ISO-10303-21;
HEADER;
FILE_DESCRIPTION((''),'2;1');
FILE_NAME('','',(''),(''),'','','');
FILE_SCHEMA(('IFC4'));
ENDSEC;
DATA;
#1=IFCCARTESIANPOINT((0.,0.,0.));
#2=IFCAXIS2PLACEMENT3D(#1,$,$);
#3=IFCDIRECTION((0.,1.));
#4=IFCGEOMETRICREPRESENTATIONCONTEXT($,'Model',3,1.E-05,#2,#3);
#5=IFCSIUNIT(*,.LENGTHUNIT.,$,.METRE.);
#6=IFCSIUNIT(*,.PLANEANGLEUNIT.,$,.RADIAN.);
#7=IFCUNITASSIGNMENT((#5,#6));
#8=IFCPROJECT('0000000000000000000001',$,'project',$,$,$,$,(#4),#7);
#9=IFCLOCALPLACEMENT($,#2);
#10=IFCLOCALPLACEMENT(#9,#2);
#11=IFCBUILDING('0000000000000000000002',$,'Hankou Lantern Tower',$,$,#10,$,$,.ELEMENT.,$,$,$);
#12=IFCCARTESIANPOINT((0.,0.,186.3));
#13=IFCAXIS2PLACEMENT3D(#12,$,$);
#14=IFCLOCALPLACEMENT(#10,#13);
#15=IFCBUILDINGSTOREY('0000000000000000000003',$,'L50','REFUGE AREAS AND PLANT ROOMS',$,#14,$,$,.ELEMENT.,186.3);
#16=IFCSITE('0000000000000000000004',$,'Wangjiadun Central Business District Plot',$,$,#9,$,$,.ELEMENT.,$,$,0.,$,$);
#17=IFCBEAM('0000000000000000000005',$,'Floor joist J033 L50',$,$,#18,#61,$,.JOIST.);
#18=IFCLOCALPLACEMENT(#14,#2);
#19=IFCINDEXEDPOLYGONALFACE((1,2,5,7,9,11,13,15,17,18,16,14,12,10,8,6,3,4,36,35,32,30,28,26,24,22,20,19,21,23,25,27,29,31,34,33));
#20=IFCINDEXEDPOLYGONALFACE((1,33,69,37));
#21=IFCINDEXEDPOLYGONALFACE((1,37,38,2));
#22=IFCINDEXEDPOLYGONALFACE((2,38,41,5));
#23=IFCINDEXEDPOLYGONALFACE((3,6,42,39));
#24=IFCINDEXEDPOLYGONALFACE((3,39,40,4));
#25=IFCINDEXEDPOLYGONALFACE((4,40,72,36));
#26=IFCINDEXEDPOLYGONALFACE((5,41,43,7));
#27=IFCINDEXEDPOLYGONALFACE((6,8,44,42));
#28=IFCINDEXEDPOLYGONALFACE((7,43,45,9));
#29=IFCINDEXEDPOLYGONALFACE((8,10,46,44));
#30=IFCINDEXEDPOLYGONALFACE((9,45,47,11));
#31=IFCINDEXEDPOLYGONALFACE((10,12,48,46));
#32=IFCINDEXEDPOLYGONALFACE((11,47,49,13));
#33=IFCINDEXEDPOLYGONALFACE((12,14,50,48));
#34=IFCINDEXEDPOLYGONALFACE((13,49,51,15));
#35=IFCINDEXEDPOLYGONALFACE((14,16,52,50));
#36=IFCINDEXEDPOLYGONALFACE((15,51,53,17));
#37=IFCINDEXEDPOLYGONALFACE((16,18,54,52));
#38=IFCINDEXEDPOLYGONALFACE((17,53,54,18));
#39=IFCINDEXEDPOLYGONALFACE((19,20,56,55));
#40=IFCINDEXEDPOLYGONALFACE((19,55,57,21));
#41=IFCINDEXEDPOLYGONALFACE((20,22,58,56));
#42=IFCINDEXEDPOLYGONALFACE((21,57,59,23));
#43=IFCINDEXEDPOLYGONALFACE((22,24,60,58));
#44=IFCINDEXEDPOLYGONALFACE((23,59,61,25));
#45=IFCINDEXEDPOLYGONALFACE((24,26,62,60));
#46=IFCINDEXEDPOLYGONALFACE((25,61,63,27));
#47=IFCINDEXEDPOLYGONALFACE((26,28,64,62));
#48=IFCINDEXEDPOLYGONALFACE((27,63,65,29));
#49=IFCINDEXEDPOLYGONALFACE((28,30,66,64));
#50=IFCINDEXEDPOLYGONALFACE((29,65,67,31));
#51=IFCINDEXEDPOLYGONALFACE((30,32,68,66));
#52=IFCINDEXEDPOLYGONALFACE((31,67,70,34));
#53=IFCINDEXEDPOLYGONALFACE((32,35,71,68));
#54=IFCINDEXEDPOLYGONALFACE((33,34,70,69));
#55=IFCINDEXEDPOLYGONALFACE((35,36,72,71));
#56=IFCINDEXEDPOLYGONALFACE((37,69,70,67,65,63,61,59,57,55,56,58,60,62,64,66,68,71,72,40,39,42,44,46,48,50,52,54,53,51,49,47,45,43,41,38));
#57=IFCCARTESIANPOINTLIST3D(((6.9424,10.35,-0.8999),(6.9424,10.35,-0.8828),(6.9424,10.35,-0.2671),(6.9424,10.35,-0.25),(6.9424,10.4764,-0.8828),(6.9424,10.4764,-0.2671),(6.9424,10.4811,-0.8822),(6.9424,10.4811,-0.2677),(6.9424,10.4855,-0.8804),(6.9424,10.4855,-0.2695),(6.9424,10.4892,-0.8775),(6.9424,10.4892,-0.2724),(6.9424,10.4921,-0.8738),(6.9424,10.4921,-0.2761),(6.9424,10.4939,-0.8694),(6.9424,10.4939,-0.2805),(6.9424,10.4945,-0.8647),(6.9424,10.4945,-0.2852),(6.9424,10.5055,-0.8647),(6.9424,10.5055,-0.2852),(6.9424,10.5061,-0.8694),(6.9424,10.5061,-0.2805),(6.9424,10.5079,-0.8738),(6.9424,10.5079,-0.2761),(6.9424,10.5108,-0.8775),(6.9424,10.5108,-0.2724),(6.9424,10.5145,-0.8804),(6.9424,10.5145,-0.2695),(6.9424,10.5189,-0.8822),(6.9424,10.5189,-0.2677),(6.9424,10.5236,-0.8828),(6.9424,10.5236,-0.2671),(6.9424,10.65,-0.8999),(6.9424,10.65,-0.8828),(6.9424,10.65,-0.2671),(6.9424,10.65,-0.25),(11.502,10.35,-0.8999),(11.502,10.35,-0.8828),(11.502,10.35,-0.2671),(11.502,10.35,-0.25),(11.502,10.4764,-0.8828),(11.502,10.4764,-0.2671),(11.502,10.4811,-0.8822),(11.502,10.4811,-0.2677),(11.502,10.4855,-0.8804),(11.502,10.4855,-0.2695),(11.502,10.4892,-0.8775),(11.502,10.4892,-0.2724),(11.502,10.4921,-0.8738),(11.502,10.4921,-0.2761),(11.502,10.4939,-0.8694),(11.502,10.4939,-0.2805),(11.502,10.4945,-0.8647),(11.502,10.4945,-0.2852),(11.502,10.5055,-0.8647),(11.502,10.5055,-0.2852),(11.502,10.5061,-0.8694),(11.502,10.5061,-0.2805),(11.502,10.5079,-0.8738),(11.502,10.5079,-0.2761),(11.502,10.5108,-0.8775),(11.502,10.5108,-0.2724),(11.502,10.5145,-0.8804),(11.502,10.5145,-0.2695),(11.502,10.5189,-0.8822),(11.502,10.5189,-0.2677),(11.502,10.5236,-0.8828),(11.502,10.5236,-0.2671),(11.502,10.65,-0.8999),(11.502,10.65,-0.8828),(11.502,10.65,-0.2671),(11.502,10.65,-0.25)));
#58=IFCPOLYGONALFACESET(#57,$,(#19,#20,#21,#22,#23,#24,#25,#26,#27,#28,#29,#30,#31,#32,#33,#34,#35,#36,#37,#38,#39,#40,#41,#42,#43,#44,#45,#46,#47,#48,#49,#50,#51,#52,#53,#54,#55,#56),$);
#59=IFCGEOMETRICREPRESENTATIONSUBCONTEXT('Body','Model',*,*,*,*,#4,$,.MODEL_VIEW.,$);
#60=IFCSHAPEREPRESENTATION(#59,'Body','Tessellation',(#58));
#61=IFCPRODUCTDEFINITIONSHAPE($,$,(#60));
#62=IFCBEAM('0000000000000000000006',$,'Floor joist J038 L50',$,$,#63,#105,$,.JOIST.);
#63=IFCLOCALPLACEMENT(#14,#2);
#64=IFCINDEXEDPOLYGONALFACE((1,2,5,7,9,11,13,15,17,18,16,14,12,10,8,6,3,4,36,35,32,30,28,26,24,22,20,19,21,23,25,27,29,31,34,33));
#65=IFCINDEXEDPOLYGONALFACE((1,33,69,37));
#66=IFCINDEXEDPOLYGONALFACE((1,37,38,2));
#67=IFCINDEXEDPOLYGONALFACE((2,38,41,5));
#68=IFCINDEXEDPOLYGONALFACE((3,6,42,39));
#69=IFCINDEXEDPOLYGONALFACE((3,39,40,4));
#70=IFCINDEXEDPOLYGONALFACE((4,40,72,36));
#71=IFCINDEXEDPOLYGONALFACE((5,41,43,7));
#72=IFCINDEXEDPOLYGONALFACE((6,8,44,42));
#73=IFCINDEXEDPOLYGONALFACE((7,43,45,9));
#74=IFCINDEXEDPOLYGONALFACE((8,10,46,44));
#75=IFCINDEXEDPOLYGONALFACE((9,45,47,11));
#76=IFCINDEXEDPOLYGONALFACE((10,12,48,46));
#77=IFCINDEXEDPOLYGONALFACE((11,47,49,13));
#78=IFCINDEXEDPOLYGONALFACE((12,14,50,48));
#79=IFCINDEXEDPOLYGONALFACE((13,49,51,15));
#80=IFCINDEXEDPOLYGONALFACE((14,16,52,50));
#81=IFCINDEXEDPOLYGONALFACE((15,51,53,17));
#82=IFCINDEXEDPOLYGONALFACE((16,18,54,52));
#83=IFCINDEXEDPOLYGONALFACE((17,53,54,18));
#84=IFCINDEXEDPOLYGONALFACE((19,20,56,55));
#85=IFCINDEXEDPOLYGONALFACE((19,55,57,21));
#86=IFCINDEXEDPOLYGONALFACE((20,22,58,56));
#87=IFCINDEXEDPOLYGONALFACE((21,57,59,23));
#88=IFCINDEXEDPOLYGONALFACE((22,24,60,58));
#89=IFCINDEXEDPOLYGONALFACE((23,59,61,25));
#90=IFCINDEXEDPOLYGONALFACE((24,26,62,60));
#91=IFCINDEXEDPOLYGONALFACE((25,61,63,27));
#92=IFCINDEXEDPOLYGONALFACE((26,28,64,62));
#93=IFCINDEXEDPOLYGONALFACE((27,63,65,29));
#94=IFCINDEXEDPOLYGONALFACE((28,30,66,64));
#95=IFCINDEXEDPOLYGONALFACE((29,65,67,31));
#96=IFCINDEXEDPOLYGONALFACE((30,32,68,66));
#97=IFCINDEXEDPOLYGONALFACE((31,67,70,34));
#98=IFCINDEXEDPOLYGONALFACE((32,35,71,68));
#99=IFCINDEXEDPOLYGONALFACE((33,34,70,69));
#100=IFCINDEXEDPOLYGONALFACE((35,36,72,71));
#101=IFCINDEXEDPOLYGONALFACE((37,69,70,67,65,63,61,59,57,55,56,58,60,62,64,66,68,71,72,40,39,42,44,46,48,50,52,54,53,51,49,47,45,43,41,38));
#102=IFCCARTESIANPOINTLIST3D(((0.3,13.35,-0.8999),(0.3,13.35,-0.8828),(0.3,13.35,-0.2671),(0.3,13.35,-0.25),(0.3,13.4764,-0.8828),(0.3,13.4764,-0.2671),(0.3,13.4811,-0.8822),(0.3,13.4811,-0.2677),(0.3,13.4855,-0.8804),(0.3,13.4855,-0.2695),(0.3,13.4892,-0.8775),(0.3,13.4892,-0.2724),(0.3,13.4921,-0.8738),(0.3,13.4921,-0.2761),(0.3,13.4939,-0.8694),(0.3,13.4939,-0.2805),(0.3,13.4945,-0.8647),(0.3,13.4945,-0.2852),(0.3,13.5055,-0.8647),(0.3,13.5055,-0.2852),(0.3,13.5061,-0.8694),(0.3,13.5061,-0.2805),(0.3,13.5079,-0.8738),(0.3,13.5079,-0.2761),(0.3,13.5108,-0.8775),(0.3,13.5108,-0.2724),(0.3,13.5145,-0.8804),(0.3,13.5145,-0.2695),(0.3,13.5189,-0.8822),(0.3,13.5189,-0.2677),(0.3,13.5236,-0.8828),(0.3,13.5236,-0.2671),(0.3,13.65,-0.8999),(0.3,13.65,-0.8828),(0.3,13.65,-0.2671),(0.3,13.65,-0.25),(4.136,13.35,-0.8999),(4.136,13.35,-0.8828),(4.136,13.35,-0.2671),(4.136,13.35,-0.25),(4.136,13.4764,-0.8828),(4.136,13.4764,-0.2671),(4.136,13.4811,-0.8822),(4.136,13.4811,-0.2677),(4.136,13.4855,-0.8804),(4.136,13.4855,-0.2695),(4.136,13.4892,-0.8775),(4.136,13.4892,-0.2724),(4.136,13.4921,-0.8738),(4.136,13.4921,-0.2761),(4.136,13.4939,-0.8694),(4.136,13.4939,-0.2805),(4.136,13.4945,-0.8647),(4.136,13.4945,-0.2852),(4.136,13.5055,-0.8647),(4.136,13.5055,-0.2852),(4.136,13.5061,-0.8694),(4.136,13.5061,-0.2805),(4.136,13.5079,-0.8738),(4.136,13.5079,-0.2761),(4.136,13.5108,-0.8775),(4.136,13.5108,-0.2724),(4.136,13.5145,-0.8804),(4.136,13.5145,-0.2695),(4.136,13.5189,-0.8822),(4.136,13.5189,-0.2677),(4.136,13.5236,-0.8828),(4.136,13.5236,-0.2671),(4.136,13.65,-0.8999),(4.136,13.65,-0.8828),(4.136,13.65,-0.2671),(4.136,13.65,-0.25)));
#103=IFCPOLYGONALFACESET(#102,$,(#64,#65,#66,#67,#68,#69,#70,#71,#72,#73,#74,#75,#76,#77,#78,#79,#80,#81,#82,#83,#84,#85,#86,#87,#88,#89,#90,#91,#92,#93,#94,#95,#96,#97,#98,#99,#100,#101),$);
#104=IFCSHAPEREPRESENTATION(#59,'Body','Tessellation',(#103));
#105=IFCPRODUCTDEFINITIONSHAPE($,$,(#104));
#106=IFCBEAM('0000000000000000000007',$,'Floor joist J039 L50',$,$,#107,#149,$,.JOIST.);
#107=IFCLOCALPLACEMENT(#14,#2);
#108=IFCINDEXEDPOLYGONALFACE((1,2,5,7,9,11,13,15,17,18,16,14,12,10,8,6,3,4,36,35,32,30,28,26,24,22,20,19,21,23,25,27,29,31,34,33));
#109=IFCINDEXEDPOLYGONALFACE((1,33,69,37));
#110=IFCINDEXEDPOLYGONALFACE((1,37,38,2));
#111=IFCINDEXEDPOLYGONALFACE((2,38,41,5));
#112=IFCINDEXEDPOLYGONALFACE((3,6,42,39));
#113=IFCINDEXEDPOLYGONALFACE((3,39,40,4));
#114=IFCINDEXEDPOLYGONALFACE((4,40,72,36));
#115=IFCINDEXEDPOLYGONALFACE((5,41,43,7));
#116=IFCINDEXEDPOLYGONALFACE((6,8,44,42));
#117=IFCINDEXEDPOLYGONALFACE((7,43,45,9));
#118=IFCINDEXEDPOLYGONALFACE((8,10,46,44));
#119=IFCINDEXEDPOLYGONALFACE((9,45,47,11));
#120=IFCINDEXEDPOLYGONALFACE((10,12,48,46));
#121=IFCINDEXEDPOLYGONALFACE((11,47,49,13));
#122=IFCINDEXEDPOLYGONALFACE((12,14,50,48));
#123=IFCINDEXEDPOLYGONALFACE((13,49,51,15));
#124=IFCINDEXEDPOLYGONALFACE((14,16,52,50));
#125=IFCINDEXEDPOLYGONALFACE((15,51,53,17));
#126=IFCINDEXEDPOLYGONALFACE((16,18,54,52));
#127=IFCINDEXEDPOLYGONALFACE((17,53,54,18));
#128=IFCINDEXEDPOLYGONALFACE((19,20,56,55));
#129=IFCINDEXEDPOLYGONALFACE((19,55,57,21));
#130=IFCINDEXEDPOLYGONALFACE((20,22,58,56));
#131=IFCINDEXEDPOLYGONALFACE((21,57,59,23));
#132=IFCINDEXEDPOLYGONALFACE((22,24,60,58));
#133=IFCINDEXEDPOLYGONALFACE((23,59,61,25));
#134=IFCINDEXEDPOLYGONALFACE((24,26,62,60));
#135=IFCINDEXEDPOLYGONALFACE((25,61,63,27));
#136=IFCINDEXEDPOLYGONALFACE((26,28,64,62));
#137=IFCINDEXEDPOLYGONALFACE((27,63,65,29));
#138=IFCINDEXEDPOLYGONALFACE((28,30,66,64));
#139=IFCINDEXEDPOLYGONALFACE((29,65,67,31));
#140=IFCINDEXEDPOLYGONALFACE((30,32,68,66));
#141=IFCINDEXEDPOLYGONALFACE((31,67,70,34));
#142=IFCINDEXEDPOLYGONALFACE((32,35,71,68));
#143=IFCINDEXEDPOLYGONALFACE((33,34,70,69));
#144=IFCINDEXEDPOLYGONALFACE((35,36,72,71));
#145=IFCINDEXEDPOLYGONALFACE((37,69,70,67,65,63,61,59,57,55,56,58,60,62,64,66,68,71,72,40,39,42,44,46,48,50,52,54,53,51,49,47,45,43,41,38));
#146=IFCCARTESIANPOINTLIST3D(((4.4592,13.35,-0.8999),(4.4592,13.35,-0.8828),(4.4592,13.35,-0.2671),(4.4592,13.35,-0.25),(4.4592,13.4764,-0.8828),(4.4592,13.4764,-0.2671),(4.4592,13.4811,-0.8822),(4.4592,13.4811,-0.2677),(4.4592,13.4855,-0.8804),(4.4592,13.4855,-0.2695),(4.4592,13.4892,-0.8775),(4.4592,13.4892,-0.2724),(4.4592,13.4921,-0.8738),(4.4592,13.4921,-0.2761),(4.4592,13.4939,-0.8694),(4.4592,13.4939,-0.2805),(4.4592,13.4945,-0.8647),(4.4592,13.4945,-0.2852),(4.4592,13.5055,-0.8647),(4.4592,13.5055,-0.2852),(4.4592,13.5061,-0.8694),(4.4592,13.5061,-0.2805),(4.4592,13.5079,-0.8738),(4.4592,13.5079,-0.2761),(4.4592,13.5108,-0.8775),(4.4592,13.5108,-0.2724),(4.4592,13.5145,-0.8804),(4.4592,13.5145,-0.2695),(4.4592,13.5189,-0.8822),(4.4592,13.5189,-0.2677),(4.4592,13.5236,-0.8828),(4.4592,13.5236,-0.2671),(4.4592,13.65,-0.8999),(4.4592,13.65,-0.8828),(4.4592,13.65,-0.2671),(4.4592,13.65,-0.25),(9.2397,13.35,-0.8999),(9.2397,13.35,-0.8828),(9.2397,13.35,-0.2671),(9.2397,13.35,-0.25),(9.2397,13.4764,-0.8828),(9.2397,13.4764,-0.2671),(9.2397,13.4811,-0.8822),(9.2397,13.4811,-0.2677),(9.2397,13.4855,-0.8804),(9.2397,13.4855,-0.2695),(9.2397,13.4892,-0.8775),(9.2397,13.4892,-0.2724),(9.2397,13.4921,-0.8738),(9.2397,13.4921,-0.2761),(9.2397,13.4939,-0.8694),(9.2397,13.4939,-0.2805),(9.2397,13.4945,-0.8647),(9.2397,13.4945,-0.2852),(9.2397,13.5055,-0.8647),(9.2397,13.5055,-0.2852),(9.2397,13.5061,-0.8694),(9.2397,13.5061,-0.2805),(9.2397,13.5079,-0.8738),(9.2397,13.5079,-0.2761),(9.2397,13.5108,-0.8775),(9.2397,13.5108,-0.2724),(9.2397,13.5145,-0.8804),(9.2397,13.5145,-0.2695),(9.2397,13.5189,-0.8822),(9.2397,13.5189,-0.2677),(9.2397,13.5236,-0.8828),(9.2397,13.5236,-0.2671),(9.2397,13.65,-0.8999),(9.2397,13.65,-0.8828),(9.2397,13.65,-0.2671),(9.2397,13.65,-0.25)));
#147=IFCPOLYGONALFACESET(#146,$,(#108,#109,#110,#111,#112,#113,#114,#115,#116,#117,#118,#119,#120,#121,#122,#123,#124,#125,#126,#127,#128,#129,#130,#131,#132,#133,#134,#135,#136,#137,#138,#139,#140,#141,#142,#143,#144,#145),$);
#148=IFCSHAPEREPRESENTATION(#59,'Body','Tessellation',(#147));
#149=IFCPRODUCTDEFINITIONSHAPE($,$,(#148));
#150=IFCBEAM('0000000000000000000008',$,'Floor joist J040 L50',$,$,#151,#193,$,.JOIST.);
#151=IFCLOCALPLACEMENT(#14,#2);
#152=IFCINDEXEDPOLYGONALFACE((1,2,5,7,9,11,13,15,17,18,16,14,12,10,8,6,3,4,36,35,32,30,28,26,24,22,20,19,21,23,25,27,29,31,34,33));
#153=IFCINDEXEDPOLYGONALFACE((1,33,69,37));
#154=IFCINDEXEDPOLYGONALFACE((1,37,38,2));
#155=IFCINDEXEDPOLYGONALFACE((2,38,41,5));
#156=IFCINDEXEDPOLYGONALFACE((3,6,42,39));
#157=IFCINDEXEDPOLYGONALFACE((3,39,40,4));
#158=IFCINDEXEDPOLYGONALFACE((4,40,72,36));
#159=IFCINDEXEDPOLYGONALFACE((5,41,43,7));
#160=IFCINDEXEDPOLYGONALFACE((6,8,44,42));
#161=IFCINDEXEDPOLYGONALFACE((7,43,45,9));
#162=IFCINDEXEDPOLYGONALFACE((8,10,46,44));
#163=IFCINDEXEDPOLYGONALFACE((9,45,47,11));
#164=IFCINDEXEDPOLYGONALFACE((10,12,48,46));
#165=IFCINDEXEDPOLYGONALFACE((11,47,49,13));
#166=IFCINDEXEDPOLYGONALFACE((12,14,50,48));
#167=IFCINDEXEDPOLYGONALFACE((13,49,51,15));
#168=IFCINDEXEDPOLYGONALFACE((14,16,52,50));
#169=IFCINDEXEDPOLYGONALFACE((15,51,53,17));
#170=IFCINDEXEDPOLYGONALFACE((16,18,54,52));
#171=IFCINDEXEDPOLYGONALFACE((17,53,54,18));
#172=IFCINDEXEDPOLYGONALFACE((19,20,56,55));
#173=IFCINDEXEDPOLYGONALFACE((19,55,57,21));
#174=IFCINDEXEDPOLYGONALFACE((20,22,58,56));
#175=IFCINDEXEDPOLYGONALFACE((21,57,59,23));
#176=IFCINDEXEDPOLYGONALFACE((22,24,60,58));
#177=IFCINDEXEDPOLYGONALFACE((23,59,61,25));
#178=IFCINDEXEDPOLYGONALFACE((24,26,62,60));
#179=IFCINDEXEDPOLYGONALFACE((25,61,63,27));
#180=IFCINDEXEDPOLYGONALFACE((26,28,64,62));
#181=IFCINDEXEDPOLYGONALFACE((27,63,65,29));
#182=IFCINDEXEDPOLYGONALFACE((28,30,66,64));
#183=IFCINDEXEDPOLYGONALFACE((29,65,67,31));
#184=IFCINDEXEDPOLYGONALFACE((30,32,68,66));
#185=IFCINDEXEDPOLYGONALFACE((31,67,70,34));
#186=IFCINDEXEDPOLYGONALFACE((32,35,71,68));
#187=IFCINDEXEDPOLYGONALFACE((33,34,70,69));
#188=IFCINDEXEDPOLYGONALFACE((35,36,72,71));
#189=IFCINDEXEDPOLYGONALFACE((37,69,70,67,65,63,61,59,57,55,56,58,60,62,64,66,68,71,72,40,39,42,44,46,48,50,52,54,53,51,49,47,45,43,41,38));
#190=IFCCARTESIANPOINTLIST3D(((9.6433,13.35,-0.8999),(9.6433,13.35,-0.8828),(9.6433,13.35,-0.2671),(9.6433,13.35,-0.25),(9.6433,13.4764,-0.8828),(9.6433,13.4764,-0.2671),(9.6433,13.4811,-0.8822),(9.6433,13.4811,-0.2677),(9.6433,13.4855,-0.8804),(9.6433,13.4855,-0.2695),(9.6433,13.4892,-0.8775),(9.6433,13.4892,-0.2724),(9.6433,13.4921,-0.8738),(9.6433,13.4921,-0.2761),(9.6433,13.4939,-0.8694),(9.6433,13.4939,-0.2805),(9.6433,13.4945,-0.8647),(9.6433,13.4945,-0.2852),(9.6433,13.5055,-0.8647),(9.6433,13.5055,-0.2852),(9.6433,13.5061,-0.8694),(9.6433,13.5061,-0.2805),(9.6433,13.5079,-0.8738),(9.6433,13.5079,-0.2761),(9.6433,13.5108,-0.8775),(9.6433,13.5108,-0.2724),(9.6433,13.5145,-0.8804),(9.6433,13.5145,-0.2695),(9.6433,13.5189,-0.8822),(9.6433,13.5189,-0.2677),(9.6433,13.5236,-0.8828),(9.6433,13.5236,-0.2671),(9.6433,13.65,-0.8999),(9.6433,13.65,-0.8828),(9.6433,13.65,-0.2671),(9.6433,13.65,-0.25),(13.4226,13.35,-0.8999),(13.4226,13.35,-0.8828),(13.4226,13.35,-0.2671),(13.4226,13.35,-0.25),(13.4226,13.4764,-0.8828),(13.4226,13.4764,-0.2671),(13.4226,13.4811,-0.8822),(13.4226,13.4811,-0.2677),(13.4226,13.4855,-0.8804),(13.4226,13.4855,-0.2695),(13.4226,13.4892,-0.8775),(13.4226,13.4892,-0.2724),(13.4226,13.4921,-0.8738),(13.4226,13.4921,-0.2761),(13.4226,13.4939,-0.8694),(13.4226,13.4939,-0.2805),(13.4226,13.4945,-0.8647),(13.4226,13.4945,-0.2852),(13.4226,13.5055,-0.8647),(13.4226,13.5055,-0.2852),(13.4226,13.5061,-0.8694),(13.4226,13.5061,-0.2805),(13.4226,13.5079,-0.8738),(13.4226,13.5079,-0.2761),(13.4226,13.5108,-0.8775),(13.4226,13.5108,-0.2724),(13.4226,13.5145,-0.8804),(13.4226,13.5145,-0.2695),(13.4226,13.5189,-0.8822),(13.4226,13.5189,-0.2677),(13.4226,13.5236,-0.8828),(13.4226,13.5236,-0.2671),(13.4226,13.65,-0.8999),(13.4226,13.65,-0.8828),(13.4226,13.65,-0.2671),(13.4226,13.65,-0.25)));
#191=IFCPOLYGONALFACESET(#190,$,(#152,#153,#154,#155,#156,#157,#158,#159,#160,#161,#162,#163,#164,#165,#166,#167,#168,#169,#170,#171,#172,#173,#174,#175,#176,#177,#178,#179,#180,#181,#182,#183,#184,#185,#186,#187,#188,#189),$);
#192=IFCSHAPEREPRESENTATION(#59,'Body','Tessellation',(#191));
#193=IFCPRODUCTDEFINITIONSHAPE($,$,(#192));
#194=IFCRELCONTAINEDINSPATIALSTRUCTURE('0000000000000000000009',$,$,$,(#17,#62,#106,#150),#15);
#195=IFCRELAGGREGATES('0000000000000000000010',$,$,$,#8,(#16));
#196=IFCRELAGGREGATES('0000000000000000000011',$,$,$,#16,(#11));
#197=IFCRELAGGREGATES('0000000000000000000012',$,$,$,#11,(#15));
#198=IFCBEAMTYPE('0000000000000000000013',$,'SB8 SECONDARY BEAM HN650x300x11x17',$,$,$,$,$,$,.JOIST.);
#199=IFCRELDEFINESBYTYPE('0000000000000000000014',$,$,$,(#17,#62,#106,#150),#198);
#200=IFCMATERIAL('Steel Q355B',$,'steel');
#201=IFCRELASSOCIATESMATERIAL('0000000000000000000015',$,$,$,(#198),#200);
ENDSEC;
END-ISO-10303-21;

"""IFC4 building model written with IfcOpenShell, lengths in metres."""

from ifc_helpers import new_model, si_unit, direction, frame, origin, origin_2d, place, context, subcontext, project, spatial, i_section, extrude, material, material_profile, profile_set, type_object, element, save


model = new_model("IFC4")

# Units and contexts
model_context = context("Model", 3, precision=1e-05, world=origin(), true_north=direction((0.0, 1.0)))
body_context = subcontext(model_context, "Body", "Model", "MODEL_VIEW")
ifc_project = project(units=[si_unit("LENGTHUNIT", "METRE"), si_unit("PLANEANGLEUNIT", "RADIAN")], contexts=[model_context])

# Site, building, storey
site_placement = place(None, origin())
site = spatial("IfcSite", under=ifc_project, at=site_placement, Name="Wangjiadun Central Business District Plot", CompositionType="ELEMENT", RefElevation=0.0)
building_placement = place(site_placement, origin())
building = spatial("IfcBuilding", under=site, at=building_placement, Name="Hankou Lantern Tower", CompositionType="ELEMENT")
storey_placement = place(building_placement, frame((0.0, 0.0, 186.3)))
storey = spatial("IfcBuildingStorey", under=building, at=storey_placement, Name="L50", Description="REFUGE AREAS AND PLANT ROOMS", CompositionType="ELEMENT", Elevation=186.3)

# Beams
ifc_material_1 = material(Name="Steel Q355B", Category="steel")
ifc_material_profile_1 = material_profile(ifc_material_1, i_section(OverallWidth=0.3, OverallDepth=0.6499, WebThickness=0.011, FlangeThickness=0.0171, FilletRadius=0.0181, at=origin_2d()), Name="HN650x300x11x17")
ifc_profile_set_1 = profile_set([ifc_material_profile_1], Name="Steel Q355B")
beam_type_1 = type_object("IfcBeamType", Name="SB8 SECONDARY BEAM HN650x300x11x17", PredefinedType="JOIST", material=ifc_profile_set_1)
beam_1_placement = place(storey_placement, frame((6.9424, 10.5, -0.575), z_axis=(1.0, 0.0, 0.0), x_axis=(0.0, 1.0, 0.0)))
element("IfcBeam", 1, at=beam_1_placement, inside=storey, type_object=beam_type_1, Name="Floor joist J033 L50", PredefinedType="JOIST", context=body_context, shape_type="SweptSolid", body=[
    extrude(i_section(OverallWidth=0.3, OverallDepth=0.6499, WebThickness=0.011, FlangeThickness=0.0171, FilletRadius=0.0181, at=origin_2d()), origin(), (0.0, 0.0, 1.0), 4.5596),
])
beam_2_placement = place(storey_placement, frame((0.3, 13.5, -0.575), z_axis=(1.0, 0.0, 0.0), x_axis=(0.0, 1.0, 0.0)))
element("IfcBeam", 2, at=beam_2_placement, inside=storey, type_object=beam_type_1, Name="Floor joist J038 L50", PredefinedType="JOIST", context=body_context, shape_type="SweptSolid", body=[
    extrude(i_section(OverallWidth=0.3, OverallDepth=0.6499, WebThickness=0.011, FlangeThickness=0.0171, FilletRadius=0.0181, at=origin_2d()), origin(), (0.0, 0.0, 1.0), 3.8359),
])
beam_3_placement = place(storey_placement, frame((4.4592, 13.5, -0.575), z_axis=(1.0, 0.0, 0.0), x_axis=(0.0, 1.0, 0.0)))
element("IfcBeam", 3, at=beam_3_placement, inside=storey, type_object=beam_type_1, Name="Floor joist J039 L50", PredefinedType="JOIST", context=body_context, shape_type="SweptSolid", body=[
    extrude(i_section(OverallWidth=0.3, OverallDepth=0.6499, WebThickness=0.011, FlangeThickness=0.0171, FilletRadius=0.0181, at=origin_2d()), origin(), (0.0, 0.0, 1.0), 4.7805),
])
beam_4_placement = place(storey_placement, frame((9.6433, 13.5, -0.575), z_axis=(1.0, 0.0, 0.0), x_axis=(0.0, 1.0, 0.0)))
element("IfcBeam", 4, at=beam_4_placement, inside=storey, type_object=beam_type_1, Name="Floor joist J040 L50", PredefinedType="JOIST", context=body_context, shape_type="SweptSolid", body=[
    extrude(i_section(OverallWidth=0.3, OverallDepth=0.6499, WebThickness=0.011, FlangeThickness=0.0171, FilletRadius=0.0181, at=origin_2d()), origin(), (0.0, 0.0, 1.0), 3.7793),
])

save(model, "model.ifc")
